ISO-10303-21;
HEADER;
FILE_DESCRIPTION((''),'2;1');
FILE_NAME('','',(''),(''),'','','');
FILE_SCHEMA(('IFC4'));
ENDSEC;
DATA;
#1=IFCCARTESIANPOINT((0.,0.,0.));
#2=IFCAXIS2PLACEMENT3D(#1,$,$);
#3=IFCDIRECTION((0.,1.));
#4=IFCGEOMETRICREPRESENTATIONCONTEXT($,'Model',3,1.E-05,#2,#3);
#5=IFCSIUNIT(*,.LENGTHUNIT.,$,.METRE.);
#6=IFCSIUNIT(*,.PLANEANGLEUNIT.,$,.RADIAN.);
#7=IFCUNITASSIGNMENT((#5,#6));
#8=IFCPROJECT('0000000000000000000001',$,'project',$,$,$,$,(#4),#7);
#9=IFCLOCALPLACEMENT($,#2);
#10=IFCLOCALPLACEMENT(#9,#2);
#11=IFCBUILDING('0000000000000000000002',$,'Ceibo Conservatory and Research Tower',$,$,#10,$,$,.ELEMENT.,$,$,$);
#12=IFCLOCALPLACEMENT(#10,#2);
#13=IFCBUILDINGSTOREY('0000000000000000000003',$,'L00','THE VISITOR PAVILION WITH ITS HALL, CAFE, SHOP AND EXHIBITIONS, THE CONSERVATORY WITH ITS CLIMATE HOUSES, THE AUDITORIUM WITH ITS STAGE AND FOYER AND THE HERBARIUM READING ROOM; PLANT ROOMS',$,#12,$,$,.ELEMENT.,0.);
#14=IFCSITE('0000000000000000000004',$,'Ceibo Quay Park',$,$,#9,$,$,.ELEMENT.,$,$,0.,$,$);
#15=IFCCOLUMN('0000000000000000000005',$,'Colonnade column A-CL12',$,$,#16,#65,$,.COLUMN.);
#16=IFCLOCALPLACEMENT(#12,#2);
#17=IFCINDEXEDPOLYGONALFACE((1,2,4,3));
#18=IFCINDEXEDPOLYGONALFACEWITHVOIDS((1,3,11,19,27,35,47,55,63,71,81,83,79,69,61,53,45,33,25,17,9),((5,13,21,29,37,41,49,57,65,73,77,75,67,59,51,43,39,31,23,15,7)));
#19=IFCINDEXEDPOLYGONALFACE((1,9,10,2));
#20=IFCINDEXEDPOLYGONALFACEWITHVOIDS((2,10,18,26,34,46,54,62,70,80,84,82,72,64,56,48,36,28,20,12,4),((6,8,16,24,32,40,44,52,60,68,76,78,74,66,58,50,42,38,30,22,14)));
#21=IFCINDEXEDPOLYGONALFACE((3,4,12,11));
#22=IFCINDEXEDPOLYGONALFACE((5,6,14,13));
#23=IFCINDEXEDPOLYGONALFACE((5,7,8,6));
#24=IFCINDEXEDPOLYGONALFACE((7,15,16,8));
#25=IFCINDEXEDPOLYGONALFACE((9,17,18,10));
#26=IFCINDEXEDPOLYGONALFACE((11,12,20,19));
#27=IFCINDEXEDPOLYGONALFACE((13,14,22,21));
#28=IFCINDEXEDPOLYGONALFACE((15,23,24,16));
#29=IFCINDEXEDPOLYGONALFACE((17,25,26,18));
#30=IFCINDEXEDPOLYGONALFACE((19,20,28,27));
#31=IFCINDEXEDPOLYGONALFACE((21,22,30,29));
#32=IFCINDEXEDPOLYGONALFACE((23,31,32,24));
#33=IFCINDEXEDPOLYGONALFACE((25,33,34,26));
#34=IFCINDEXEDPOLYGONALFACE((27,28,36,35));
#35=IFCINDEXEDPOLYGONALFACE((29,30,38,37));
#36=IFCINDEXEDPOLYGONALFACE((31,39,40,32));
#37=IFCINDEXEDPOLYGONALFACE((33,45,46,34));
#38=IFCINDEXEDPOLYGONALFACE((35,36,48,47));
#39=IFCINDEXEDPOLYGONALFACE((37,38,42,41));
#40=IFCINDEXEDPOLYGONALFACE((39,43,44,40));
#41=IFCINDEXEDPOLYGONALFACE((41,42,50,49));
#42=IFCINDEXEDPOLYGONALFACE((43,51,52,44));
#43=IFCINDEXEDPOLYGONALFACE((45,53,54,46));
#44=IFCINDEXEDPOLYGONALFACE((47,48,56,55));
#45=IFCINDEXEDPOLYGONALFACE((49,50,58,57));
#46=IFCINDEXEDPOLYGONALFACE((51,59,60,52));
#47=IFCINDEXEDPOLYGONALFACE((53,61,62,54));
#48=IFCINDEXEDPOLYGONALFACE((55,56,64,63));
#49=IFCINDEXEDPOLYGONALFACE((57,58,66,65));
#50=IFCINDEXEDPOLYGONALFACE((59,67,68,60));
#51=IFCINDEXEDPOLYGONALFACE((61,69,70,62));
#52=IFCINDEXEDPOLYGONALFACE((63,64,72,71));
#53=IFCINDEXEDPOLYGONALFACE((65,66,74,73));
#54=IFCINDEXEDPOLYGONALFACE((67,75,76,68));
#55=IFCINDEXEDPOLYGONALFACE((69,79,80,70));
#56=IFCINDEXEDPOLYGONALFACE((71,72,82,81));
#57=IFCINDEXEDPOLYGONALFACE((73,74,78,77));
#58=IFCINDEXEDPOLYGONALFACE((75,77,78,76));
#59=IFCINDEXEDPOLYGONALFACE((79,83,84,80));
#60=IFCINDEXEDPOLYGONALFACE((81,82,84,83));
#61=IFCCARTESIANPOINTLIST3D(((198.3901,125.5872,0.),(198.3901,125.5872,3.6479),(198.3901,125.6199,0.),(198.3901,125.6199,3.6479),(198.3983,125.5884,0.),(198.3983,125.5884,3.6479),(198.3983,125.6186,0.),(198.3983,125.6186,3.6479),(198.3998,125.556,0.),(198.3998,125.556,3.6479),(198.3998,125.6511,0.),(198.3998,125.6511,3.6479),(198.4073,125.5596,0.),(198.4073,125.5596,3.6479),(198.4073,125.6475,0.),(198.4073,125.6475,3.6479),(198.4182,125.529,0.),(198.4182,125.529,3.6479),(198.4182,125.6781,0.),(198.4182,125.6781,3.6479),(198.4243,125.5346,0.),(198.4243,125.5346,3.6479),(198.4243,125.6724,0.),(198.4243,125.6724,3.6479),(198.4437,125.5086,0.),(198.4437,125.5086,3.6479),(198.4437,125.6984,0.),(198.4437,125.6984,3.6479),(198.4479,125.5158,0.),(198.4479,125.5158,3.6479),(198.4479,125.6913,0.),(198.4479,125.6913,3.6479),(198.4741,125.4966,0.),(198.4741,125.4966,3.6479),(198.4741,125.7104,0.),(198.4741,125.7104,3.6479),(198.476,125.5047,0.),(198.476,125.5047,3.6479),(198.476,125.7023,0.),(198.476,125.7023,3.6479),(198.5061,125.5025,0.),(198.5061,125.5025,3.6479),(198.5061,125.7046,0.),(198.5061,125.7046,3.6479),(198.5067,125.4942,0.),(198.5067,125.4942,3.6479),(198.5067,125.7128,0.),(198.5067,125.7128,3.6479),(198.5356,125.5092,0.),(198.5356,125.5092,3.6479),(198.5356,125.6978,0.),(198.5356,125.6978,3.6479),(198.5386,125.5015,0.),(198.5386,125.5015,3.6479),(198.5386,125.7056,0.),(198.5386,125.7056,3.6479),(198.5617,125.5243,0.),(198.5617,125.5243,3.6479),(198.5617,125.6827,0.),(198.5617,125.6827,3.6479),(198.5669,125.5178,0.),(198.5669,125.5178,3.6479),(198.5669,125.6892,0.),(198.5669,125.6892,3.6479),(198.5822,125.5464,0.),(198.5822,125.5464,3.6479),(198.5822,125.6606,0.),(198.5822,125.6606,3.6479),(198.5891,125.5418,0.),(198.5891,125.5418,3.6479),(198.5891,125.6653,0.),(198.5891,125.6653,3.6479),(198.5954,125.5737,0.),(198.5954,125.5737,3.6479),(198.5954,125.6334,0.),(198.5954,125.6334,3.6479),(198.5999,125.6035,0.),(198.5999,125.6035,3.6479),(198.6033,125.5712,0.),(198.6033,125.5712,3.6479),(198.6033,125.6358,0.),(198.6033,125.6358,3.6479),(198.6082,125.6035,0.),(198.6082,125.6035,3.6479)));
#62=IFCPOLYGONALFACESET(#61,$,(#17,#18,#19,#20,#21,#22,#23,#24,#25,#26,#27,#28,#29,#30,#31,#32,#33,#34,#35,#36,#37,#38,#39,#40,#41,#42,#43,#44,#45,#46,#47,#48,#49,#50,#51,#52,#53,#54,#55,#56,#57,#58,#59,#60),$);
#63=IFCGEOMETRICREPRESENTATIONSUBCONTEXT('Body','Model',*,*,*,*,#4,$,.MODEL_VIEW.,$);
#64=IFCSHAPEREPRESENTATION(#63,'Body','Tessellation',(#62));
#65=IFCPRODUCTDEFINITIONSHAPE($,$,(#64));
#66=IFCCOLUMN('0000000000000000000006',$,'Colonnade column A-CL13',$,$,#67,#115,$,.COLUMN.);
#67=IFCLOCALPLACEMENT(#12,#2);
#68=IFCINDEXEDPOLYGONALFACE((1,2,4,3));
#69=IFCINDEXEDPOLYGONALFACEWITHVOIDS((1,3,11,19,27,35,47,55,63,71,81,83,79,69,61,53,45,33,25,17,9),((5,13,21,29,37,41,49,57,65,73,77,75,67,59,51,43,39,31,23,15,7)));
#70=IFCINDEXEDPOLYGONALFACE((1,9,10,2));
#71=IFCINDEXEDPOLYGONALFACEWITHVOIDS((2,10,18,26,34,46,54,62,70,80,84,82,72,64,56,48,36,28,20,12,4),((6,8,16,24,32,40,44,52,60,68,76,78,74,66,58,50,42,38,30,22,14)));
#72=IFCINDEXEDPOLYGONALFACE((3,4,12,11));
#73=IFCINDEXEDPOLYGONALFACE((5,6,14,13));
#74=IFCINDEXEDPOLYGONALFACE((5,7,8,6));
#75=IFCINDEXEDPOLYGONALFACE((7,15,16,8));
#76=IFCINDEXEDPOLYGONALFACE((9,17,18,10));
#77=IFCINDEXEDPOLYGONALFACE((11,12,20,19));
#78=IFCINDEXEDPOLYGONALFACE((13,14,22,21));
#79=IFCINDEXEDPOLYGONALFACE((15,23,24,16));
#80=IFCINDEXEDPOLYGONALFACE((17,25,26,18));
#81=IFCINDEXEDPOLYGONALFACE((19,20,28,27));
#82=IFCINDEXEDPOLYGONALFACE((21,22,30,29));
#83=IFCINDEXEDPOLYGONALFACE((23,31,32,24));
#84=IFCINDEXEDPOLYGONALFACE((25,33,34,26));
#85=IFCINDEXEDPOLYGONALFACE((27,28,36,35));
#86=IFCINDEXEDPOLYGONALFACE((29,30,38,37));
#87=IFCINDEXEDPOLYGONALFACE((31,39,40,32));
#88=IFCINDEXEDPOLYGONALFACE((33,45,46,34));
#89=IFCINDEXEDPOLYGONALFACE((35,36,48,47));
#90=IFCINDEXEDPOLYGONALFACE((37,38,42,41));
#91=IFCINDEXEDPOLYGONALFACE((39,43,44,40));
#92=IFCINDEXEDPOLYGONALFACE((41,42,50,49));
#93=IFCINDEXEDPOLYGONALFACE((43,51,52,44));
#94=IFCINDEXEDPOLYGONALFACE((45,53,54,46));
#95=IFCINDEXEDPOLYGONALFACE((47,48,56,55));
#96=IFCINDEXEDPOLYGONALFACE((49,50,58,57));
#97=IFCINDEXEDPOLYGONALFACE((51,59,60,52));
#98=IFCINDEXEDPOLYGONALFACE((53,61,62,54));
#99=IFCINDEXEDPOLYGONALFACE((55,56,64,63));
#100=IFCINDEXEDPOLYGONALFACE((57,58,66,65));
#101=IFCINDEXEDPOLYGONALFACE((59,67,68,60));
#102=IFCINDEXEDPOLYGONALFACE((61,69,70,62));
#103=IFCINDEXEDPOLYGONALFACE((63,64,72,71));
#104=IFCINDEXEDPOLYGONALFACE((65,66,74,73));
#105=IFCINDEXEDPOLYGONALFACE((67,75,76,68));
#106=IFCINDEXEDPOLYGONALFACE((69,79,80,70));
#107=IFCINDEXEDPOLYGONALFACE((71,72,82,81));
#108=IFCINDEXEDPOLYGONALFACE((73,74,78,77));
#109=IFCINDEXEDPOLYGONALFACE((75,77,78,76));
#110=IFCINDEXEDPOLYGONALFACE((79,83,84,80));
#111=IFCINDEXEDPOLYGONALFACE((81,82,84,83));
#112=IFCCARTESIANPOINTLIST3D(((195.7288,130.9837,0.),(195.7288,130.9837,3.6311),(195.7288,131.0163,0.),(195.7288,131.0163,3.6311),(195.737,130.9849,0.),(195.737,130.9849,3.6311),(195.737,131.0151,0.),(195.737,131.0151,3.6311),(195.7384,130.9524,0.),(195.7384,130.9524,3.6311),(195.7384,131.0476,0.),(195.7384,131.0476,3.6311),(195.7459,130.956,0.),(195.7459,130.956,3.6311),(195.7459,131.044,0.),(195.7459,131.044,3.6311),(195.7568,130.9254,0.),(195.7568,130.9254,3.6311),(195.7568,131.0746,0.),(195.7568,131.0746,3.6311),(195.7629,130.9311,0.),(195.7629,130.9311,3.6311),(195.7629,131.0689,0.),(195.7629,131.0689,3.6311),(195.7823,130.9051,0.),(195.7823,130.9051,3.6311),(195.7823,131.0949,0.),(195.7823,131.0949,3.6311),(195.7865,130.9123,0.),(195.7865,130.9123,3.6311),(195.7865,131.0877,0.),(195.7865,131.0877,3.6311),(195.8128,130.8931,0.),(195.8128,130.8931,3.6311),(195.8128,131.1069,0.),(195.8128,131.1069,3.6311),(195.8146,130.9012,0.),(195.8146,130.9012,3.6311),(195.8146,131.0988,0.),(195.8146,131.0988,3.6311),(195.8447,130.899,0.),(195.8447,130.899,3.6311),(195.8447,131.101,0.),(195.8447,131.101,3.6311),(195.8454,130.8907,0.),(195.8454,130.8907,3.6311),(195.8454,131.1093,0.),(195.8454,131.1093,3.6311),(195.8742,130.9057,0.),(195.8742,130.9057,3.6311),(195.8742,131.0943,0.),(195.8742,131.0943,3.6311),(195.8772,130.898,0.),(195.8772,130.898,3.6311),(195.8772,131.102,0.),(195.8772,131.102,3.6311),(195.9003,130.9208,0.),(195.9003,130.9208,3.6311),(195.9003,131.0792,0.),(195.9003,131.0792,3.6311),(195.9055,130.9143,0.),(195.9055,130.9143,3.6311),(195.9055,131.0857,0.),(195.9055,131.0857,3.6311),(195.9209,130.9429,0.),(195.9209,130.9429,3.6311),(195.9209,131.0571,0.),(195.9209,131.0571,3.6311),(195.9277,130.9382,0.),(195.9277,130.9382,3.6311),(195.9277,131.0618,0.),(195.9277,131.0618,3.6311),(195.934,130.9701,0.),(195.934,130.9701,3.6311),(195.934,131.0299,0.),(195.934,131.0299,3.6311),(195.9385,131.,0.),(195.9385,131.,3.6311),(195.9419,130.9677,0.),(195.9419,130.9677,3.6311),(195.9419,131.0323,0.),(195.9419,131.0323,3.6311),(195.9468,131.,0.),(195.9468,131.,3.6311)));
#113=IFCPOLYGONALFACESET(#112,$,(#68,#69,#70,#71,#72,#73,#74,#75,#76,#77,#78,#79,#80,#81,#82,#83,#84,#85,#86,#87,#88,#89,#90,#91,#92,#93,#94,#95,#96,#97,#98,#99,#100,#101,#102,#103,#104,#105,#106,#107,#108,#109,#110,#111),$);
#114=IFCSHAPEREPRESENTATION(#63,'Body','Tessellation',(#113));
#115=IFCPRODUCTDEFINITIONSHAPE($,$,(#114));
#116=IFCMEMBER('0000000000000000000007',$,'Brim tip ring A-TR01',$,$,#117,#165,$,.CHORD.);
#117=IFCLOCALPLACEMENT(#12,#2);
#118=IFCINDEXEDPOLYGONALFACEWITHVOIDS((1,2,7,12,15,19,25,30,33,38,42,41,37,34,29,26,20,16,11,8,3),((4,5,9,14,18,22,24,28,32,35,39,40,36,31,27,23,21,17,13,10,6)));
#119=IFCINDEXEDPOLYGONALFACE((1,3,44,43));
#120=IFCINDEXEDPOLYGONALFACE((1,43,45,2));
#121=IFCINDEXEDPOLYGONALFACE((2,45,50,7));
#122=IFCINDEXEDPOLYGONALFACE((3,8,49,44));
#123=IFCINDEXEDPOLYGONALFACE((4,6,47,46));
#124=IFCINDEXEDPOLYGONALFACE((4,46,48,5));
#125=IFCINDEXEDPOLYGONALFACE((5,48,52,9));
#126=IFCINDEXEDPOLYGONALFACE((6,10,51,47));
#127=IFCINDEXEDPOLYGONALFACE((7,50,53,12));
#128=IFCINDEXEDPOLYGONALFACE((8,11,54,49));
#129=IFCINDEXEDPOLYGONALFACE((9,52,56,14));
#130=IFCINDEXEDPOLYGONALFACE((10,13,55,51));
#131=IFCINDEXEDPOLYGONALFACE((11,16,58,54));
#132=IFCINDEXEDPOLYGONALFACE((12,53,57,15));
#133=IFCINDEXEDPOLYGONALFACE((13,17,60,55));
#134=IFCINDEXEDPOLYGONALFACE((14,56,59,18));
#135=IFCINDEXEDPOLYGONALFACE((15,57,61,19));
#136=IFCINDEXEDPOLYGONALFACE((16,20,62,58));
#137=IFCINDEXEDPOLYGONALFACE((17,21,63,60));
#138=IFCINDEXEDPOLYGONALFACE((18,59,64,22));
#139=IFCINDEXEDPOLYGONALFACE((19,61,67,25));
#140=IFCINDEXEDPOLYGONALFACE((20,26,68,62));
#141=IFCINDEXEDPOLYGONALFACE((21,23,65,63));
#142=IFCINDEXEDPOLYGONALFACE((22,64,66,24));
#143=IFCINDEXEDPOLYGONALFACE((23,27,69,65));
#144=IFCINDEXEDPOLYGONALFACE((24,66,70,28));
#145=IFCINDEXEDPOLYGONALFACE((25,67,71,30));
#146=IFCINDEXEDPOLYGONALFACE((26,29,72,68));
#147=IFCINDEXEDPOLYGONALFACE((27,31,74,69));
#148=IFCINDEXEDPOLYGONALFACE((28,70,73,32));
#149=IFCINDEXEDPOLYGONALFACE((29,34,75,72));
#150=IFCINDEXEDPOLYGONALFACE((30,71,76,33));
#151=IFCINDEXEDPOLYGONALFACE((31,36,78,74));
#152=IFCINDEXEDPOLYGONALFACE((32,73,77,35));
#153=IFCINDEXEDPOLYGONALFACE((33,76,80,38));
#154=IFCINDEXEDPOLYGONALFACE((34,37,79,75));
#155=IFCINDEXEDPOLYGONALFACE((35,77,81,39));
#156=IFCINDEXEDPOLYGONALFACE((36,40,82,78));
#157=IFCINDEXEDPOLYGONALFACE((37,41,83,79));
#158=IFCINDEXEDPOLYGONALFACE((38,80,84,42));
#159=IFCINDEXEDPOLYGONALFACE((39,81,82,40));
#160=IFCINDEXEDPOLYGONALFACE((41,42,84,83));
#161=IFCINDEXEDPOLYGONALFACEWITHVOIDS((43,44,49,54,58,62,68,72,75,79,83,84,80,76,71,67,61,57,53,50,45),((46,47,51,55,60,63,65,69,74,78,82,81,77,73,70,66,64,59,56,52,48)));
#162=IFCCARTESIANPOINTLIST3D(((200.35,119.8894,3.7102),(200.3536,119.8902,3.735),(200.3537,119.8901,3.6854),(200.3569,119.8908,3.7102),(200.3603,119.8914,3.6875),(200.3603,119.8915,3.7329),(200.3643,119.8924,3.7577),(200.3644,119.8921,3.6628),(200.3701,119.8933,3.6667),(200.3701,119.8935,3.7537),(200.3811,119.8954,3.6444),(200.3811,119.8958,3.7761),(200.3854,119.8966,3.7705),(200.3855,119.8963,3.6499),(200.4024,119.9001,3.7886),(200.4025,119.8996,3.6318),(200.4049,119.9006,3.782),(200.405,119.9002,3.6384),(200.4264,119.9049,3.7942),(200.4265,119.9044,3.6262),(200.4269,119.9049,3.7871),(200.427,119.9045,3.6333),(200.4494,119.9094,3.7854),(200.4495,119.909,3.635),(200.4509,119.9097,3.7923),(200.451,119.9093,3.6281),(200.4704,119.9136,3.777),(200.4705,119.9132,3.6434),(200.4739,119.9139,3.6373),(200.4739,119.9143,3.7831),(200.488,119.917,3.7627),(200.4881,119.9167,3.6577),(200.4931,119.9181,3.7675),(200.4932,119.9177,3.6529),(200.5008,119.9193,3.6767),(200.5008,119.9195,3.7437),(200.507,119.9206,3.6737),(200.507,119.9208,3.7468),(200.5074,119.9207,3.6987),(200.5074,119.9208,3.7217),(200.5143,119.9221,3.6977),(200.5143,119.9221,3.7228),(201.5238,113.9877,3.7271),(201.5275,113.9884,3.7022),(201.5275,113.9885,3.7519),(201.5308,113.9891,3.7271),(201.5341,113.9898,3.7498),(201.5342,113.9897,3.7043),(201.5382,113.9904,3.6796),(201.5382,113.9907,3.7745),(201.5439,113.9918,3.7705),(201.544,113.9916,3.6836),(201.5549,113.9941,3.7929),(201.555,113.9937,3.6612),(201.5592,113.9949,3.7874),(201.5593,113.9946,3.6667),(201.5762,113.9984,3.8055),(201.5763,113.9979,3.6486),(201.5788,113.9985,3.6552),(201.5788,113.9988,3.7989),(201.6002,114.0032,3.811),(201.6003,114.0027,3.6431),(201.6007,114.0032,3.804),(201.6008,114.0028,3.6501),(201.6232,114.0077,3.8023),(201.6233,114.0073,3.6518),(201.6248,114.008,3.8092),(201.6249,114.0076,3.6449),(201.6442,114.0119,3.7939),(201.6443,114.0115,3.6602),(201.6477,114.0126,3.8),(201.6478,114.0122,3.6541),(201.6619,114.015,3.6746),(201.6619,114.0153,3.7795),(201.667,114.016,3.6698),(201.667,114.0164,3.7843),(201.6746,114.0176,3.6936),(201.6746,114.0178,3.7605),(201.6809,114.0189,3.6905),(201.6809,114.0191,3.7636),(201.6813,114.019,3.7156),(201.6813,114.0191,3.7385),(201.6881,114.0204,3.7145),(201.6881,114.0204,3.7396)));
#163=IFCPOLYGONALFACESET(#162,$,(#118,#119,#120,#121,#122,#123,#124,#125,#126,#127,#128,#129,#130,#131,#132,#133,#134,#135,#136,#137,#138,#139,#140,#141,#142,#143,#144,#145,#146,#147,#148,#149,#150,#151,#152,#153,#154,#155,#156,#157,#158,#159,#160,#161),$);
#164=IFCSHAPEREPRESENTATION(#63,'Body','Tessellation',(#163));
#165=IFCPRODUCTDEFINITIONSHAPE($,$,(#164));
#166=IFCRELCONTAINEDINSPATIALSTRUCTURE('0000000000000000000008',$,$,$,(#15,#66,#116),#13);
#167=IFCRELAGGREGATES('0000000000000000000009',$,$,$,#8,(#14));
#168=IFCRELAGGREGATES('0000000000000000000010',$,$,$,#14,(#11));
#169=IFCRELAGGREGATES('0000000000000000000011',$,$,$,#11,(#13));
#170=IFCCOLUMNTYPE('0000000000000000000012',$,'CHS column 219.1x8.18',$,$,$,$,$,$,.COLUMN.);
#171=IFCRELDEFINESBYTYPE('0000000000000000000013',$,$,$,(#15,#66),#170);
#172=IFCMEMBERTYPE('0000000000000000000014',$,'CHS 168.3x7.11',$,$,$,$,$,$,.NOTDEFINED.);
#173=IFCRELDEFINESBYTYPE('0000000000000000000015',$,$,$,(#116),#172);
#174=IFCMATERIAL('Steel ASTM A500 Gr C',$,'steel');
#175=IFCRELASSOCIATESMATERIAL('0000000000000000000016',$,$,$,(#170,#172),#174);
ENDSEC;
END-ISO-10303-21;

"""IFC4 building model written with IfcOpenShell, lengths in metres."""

from ifc_helpers import new_model, si_unit, direction, frame, origin, origin_2d, place, context, subcontext, project, spatial, hollow_circle, extrude, material, material_profile, profile_set, type_object, element, save


model = new_model("IFC4")

# Units and contexts
model_context = context("Model", 3, precision=1e-05, world=origin(), true_north=direction((0.0, 1.0)))
body_context = subcontext(model_context, "Body", "Model", "MODEL_VIEW")
ifc_project = project(units=[si_unit("LENGTHUNIT", "METRE"), si_unit("PLANEANGLEUNIT", "RADIAN")], contexts=[model_context])

# Site, building, storey
site_placement = place(None, origin())
site = spatial("IfcSite", under=ifc_project, at=site_placement, Name="Ceibo Quay Park", CompositionType="ELEMENT", RefElevation=0.0)
building_placement = place(site_placement, origin())
building = spatial("IfcBuilding", under=site, at=building_placement, Name="Ceibo Conservatory and Research Tower", CompositionType="ELEMENT")
storey_placement = place(building_placement, origin())
storey = spatial("IfcBuildingStorey", under=building, at=storey_placement, Name="L00", Description="THE VISITOR PAVILION WITH ITS HALL, CAFE, SHOP AND EXHIBITIONS, THE CONSERVATORY WITH ITS CLIMATE HOUSES, THE AUDITORIUM WITH ITS STAGE AND FOYER AND THE HERBARIUM READING ROOM; PLANT ROOMS", CompositionType="ELEMENT", Elevation=0.0)

# Columns
ifc_material_1 = material(Name="Steel ASTM A500 Gr C", Category="steel")
ifc_material_profile_1 = material_profile(ifc_material_1, hollow_circle(Radius=0.1096, WallThickness=0.0083, at=origin_2d()), Name="CHS column 219.1x8.18")
ifc_profile_set_1 = profile_set([ifc_material_profile_1], Name="Steel ASTM A500 Gr C")
column_type = type_object("IfcColumnType", Name="CHS column 219.1x8.18", PredefinedType="COLUMN", material=ifc_profile_set_1)
column_1_placement = place(storey_placement, frame((198.4985, 125.6035, 0.0), z_axis=(0.0, 0.0, 1.0), x_axis=(1.0, 0.0, 0.0)))
element("IfcColumn", 1, at=column_1_placement, inside=storey, type_object=column_type, Name="Colonnade column A-CL12", PredefinedType="COLUMN", context=body_context, shape_type="SweptSolid", body=[
    extrude(hollow_circle(Radius=0.1096, WallThickness=0.0083, at=origin_2d()), origin(), (0.0, 0.0, 1.0), 3.6479),
])
column_2_placement = place(storey_placement, frame((195.8372, 131.0, 0.0), z_axis=(0.0, 0.0, 1.0), x_axis=(1.0, 0.0, 0.0)))
element("IfcColumn", 2, at=column_2_placement, inside=storey, type_object=column_type, Name="Colonnade column A-CL13", PredefinedType="COLUMN", context=body_context, shape_type="SweptSolid", body=[
    extrude(hollow_circle(Radius=0.1096, WallThickness=0.0083, at=origin_2d()), origin(), (0.0, 0.0, 1.0), 3.6311),
])

# Member
ifc_material_profile_2 = material_profile(ifc_material_1, hollow_circle(Radius=0.0842, WallThickness=0.0071, at=origin_2d()), Name="CHS 168.3x7.11")
ifc_profile_set_2 = profile_set([ifc_material_profile_2], Name="Steel ASTM A500 Gr C")
member_type_1 = type_object("IfcMemberType", Name="CHS 168.3x7.11", PredefinedType="NOTDEFINED", material=ifc_profile_set_2)
member_1_placement = place(storey_placement, frame((201.6064, 114.0042, 3.7271), z_axis=(-0.195078, 0.980784, -0.0028), x_axis=(-0.980788, -0.195078, 0.0)))
element("IfcMember", 3, at=member_1_placement, inside=storey, type_object=member_type_1, Name="Brim tip ring A-TR01", PredefinedType="CHORD", context=body_context, shape_type="SweptSolid", body=[
    extrude(hollow_circle(Radius=0.0842, WallThickness=0.0071, at=origin_2d()), origin(), (0.0, 0.0, 1.0), 6.0173),
])

save(model, "model.ifc")
